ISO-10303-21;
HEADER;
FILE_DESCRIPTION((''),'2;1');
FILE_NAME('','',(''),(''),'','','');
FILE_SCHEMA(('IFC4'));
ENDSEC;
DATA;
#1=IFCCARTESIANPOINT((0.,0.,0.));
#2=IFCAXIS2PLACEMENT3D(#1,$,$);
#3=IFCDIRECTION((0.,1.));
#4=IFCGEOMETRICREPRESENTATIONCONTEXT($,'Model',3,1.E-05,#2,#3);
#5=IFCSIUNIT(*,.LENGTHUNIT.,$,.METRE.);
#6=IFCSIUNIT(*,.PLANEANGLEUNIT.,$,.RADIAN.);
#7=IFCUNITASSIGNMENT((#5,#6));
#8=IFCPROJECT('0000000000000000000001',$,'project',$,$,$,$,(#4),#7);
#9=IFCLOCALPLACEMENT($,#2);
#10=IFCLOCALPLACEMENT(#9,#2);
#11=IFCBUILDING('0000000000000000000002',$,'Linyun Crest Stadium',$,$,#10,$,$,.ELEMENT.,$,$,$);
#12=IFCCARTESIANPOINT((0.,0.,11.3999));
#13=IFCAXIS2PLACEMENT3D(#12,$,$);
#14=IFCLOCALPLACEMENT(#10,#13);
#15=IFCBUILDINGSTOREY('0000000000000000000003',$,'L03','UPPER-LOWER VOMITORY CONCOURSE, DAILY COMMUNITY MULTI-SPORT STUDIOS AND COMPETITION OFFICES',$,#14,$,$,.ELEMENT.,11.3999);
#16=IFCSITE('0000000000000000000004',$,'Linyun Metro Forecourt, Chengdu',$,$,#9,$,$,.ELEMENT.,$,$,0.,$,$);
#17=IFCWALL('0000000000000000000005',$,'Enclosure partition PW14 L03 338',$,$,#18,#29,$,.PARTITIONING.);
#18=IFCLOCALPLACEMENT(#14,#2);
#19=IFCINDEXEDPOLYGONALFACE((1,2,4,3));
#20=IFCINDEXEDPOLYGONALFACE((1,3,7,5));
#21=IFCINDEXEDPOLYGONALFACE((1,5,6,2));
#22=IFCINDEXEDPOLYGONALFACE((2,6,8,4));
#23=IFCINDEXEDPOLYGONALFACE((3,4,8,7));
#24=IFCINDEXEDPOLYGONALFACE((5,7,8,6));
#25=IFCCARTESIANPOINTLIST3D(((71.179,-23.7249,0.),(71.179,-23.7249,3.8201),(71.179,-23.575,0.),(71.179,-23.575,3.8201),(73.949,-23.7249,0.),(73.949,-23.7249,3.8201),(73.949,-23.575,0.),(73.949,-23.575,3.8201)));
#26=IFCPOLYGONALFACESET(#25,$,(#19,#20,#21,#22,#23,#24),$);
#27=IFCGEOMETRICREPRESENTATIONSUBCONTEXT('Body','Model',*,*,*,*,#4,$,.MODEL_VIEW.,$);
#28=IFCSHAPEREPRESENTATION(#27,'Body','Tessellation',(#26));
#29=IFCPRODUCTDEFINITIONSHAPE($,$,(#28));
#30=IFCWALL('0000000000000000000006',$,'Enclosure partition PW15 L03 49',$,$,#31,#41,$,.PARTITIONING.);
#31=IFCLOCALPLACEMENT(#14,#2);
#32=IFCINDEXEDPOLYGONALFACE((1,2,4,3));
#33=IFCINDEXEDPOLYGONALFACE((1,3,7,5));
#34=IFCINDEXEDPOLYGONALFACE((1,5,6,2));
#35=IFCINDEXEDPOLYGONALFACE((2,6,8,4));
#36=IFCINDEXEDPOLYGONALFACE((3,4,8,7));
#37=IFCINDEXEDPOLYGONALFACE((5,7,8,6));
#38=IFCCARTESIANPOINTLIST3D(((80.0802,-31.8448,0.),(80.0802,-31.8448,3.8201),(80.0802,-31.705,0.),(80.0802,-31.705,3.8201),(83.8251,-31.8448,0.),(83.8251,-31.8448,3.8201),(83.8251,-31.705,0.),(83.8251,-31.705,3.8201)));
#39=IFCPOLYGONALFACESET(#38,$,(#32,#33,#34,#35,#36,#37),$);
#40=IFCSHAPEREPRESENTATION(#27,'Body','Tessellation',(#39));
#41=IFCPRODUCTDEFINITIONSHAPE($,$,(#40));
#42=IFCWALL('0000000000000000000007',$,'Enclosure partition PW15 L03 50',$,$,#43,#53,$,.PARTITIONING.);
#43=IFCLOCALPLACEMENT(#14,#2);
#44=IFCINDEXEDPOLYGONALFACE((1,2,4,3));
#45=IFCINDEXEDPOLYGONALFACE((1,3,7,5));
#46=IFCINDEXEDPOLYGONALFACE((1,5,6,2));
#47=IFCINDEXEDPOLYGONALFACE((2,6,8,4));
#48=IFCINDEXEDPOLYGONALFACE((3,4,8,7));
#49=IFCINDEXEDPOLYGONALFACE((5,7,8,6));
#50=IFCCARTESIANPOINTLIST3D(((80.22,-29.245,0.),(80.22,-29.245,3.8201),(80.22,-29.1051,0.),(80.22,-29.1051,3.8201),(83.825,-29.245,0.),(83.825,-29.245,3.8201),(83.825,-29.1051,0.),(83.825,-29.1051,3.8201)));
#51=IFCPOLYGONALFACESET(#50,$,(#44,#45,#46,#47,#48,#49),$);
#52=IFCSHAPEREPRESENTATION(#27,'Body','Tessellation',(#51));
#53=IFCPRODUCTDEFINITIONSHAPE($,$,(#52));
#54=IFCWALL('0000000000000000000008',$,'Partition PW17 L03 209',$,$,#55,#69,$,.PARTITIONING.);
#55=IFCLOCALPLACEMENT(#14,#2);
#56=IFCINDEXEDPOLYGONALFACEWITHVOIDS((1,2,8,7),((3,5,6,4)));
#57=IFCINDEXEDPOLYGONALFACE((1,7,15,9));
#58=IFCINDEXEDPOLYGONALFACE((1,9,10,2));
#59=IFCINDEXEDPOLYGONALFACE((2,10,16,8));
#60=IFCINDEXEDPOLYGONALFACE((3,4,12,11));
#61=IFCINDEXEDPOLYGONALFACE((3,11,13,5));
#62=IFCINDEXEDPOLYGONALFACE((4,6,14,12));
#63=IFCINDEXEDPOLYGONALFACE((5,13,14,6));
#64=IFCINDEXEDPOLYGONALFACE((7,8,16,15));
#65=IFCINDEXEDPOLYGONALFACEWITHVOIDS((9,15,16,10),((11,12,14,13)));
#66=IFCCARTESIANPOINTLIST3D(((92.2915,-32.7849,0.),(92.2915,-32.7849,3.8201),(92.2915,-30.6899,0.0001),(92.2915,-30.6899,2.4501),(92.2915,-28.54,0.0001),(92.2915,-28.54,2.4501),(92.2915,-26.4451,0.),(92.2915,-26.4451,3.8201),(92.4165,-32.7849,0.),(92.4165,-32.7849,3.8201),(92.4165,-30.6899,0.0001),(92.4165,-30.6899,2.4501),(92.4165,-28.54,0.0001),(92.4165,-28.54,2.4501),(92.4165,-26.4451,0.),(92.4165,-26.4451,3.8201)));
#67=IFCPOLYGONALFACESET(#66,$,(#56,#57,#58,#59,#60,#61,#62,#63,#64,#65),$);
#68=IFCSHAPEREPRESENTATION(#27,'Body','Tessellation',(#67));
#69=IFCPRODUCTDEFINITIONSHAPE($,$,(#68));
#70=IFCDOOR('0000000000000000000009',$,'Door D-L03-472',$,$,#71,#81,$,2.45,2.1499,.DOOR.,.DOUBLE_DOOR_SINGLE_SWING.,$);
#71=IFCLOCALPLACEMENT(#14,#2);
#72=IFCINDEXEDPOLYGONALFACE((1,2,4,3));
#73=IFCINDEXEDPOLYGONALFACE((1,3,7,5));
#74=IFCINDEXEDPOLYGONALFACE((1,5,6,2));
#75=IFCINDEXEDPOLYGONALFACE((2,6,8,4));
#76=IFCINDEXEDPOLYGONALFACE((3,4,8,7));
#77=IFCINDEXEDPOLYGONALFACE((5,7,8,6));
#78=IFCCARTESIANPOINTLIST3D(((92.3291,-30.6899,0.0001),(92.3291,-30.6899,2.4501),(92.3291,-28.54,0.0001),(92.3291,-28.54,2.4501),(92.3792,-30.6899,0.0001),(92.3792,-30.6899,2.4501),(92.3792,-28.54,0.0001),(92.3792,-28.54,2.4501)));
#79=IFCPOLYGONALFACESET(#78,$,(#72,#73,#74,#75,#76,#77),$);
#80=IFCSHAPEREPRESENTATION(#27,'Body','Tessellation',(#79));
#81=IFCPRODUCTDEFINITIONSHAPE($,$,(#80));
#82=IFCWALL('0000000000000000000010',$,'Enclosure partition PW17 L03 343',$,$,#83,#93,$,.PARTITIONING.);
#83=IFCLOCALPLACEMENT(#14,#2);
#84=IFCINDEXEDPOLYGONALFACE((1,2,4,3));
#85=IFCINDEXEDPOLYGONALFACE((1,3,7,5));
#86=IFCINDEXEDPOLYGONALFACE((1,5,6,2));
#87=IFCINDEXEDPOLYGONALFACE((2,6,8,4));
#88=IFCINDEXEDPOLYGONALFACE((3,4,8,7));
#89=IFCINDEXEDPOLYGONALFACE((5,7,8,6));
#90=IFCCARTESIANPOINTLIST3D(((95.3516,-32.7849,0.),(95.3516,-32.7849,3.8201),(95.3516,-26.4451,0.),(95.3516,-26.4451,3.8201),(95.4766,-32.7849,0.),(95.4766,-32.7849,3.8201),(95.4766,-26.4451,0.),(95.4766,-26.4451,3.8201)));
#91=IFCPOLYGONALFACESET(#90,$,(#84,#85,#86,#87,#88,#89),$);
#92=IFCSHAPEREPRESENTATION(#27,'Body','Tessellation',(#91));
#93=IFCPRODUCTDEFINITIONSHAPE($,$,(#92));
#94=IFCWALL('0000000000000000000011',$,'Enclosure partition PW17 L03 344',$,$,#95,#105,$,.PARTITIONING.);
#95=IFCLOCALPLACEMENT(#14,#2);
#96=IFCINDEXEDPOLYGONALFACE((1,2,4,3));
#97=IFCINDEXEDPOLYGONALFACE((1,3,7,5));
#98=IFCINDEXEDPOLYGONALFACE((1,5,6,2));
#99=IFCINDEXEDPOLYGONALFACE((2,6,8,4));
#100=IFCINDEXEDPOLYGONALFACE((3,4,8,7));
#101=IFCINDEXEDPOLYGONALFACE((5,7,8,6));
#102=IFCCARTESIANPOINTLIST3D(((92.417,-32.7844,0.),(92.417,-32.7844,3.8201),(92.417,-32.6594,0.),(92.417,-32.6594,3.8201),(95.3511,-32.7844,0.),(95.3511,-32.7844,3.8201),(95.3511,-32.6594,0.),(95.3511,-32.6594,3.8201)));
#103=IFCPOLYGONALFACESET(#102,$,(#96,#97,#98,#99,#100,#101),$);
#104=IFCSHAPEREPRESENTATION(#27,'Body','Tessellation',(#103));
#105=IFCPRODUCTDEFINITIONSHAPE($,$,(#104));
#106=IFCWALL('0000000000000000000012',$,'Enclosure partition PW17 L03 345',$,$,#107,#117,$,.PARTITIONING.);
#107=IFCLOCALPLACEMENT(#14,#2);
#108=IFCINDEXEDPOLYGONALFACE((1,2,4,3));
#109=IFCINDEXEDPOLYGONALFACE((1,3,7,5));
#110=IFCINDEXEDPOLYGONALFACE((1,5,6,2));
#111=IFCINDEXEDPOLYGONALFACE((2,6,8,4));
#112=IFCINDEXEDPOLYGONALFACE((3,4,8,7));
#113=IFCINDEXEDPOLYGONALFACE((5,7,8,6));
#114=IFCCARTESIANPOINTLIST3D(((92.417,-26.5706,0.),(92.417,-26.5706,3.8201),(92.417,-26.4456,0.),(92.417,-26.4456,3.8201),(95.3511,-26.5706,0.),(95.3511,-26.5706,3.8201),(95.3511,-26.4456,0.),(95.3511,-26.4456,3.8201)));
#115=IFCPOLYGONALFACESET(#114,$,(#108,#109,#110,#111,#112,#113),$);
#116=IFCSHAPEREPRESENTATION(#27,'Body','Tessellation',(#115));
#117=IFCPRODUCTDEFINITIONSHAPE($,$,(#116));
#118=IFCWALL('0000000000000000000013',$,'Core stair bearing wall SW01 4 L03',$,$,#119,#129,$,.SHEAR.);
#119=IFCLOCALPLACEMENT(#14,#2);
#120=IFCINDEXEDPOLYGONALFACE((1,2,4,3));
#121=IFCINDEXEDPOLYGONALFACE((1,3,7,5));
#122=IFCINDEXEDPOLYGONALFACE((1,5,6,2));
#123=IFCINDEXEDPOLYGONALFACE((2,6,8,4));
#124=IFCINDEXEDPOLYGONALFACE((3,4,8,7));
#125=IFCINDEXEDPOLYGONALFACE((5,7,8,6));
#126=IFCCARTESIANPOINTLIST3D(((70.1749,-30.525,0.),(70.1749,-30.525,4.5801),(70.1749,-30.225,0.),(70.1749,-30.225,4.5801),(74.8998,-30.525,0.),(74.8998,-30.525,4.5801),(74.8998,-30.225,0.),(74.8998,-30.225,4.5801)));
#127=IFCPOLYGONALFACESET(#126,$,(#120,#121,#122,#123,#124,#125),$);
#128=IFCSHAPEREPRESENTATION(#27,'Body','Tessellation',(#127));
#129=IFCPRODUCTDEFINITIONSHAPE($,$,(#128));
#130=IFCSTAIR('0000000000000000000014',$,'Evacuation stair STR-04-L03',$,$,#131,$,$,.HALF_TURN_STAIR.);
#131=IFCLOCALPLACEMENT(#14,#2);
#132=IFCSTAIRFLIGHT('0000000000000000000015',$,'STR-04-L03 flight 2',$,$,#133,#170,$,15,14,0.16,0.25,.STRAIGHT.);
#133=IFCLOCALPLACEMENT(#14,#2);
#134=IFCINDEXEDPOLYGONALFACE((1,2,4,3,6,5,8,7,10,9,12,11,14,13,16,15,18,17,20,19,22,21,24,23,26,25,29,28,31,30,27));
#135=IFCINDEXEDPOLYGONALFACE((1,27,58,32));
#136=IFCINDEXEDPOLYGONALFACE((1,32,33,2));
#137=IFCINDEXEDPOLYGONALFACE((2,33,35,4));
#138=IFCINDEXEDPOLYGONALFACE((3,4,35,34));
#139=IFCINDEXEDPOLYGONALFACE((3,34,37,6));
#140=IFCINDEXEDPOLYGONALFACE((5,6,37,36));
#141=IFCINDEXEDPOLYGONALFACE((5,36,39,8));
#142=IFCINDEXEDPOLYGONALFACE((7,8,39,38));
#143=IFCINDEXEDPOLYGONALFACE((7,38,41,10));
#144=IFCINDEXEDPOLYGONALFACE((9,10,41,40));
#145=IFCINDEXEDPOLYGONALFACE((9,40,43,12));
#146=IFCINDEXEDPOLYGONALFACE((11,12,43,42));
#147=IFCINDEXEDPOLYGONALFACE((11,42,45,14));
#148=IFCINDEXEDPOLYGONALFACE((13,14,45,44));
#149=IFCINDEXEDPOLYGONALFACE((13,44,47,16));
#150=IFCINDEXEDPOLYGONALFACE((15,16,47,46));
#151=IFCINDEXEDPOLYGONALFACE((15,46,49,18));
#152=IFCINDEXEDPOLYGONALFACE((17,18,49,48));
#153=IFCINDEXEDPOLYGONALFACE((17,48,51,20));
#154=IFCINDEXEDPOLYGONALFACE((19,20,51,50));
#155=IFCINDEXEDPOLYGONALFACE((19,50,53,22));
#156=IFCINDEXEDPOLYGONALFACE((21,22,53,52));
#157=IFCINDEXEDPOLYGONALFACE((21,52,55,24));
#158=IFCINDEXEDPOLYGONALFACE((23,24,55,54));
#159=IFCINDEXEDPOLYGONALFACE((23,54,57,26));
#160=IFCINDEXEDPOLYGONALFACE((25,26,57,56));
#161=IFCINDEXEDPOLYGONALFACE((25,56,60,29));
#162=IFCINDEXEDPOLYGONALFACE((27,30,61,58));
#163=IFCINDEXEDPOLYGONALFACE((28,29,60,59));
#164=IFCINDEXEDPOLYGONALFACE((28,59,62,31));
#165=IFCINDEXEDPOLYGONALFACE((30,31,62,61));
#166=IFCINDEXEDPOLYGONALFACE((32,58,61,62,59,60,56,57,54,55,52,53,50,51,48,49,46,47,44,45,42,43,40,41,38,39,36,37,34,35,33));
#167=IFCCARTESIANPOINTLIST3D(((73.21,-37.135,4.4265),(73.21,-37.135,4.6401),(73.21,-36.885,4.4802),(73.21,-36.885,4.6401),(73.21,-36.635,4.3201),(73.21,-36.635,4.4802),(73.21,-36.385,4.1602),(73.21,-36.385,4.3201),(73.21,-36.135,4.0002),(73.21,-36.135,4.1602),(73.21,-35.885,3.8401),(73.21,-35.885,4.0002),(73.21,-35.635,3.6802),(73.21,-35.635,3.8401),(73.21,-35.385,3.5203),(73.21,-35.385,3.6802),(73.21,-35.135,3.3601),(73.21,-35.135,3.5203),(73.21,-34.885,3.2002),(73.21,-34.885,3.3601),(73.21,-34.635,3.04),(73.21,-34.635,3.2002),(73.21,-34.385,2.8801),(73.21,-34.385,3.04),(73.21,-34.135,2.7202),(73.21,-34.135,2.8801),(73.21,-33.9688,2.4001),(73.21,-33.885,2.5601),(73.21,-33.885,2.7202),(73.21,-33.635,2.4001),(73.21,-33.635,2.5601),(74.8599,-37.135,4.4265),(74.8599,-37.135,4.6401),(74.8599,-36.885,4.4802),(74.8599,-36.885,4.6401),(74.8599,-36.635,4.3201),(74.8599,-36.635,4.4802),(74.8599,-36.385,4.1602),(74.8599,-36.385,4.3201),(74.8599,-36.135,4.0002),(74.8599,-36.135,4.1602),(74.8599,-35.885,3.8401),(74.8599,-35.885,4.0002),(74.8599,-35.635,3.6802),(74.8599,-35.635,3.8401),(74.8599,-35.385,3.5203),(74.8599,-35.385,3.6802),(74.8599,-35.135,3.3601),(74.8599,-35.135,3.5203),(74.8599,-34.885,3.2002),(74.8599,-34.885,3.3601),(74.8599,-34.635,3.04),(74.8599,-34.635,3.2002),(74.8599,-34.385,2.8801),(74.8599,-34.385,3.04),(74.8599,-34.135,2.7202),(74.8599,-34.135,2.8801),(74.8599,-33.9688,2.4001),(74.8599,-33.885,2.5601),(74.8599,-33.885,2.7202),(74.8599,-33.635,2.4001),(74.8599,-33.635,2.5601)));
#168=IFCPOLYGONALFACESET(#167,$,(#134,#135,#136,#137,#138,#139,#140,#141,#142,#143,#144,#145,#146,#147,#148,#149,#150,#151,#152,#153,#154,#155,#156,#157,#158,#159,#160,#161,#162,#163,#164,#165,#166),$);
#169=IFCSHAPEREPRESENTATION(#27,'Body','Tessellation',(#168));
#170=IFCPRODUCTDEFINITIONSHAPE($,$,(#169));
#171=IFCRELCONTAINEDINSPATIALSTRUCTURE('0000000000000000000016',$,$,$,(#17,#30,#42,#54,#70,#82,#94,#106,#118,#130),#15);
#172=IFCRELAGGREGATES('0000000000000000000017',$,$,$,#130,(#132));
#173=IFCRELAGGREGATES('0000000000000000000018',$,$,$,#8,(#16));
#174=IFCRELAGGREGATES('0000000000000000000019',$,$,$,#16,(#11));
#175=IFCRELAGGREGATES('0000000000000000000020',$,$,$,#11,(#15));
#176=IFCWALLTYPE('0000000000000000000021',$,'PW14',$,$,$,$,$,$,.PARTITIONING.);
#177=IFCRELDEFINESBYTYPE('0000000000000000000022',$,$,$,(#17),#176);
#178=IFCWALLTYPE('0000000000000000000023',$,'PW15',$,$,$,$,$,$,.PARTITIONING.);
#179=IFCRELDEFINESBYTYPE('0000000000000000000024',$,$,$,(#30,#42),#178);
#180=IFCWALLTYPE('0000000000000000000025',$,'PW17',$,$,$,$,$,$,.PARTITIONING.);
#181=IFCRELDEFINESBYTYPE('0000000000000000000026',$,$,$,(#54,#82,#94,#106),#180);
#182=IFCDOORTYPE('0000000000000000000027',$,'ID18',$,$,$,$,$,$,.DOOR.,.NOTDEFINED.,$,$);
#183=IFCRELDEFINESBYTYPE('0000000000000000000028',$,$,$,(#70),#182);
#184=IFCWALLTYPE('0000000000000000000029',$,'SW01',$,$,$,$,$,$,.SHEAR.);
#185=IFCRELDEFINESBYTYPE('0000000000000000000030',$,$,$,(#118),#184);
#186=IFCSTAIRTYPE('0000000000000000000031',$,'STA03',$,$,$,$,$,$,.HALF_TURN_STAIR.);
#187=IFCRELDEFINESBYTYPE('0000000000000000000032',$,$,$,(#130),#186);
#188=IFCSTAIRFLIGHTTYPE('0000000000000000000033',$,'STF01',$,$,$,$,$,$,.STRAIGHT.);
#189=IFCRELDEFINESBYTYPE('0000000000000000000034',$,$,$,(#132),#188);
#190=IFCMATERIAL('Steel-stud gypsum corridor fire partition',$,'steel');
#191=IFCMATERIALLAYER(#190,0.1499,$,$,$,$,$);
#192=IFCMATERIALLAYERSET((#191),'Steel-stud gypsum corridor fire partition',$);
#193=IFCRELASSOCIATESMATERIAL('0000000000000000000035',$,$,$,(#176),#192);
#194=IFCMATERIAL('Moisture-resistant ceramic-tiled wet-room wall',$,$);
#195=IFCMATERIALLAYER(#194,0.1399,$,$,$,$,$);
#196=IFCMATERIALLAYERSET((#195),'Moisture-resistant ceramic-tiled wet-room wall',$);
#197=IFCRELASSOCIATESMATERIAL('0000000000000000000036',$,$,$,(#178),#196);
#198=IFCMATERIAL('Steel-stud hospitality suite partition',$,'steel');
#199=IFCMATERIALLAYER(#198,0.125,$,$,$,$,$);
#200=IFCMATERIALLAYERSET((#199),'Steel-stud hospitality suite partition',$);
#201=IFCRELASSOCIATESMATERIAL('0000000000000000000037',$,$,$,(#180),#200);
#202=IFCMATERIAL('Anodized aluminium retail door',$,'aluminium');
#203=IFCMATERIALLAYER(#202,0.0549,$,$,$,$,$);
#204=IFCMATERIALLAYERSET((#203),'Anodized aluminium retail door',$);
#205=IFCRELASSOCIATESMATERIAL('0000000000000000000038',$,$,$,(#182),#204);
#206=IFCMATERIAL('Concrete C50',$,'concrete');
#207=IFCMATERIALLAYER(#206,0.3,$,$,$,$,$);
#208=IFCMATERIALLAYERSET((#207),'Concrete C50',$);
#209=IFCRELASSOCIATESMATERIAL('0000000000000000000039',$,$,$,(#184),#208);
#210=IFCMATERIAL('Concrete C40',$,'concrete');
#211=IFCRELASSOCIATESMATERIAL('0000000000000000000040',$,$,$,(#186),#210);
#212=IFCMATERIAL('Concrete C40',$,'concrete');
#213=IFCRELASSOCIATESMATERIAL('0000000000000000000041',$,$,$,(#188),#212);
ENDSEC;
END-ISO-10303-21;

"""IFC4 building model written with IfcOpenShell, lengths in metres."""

from ifc_helpers import new_model, si_unit, direction, frame, frame_2d, origin, place, context, subcontext, project, spatial, polyline, rectangle, outline, extrude, material, layer, layer_set, type_object, element, fill, aggregate, save


model = new_model("IFC4")

# Units and contexts
model_context = context("Model", 3, precision=1e-05, world=origin(), true_north=direction((0.0, 1.0)))
body_context = subcontext(model_context, "Body", "Model", "MODEL_VIEW")
ifc_project = project(units=[si_unit("LENGTHUNIT", "METRE"), si_unit("PLANEANGLEUNIT", "RADIAN")], contexts=[model_context])

# Site, building, storey
site_placement = place(None, origin())
site = spatial("IfcSite", under=ifc_project, at=site_placement, Name="Linyun Metro Forecourt, Chengdu", CompositionType="ELEMENT", RefElevation=0.0)
building_placement = place(site_placement, origin())
building = spatial("IfcBuilding", under=site, at=building_placement, Name="Linyun Crest Stadium", CompositionType="ELEMENT")
storey_placement = place(building_placement, frame((0.0, 0.0, 11.3999)))
storey = spatial("IfcBuildingStorey", under=building, at=storey_placement, Name="L03", Description="UPPER-LOWER VOMITORY CONCOURSE, DAILY COMMUNITY MULTI-SPORT STUDIOS AND COMPETITION OFFICES", CompositionType="ELEMENT", Elevation=11.3999)

# Wall
ifc_material_1 = material(Name="Steel-stud gypsum corridor fire partition", Category="steel")
ifc_layer_1 = layer(ifc_material_1, 0.1499)
ifc_layer_set_1 = layer_set([ifc_layer_1], Name="Steel-stud gypsum corridor fire partition")
wall_type_1 = type_object("IfcWallType", Name="PW14", PredefinedType="PARTITIONING", material=ifc_layer_set_1)
wall_1_placement = place(storey_placement, frame((71.179, -23.6499, 0.0), z_axis=(0.0, 0.0, 1.0), x_axis=(1.0, 0.0, 0.0)))
element("IfcWall", 1, at=wall_1_placement, inside=storey, type_object=wall_type_1, Name="Enclosure partition PW14 L03 338", PredefinedType="PARTITIONING", context=body_context, shape_type="SweptSolid", body=[
    extrude(rectangle(XDim=2.77, YDim=0.1499, at=frame_2d((1.385, 0.0))), origin(), (0.0, 0.0, 1.0), 3.8201),
])

# Shared definitions
ifc_material_2 = material(Name="Moisture-resistant ceramic-tiled wet-room wall")
ifc_layer_2 = layer(ifc_material_2, 0.1399)
ifc_layer_set_2 = layer_set([ifc_layer_2], Name="Moisture-resistant ceramic-tiled wet-room wall")
wall_type_2 = type_object("IfcWallType", Name="PW15", PredefinedType="PARTITIONING", material=ifc_layer_set_2)

# Walls
wall_2_placement = place(storey_placement, frame((80.0801, -31.7749, 0.0), z_axis=(0.0, 0.0, 1.0), x_axis=(1.0, 0.0, 0.0)))
element("IfcWall", 2, at=wall_2_placement, inside=storey, type_object=wall_type_2, Name="Enclosure partition PW15 L03 49", PredefinedType="PARTITIONING", context=body_context, shape_type="SweptSolid", body=[
    extrude(rectangle(XDim=3.7449, YDim=0.1399, at=frame_2d((1.8726, 0.0))), origin(), (0.0, 0.0, 1.0), 3.8201),
])
wall_3_placement = place(storey_placement, frame((80.22, -29.175, 0.0), z_axis=(0.0, 0.0, 1.0), x_axis=(1.0, 0.0, 0.0)))
element("IfcWall", 3, at=wall_3_placement, inside=storey, type_object=wall_type_2, Name="Enclosure partition PW15 L03 50", PredefinedType="PARTITIONING", context=body_context, shape_type="SweptSolid", body=[
    extrude(rectangle(XDim=3.605, YDim=0.1399, at=frame_2d((1.8025, 0.0))), origin(), (0.0, 0.0, 1.0), 3.8201),
])

# Wall, opening, door
ifc_material_3 = material(Name="Steel-stud hospitality suite partition", Category="steel")
ifc_layer_3 = layer(ifc_material_3, 0.125)
ifc_layer_set_3 = layer_set([ifc_layer_3], Name="Steel-stud hospitality suite partition")
wall_type_3 = type_object("IfcWallType", Name="PW17", PredefinedType="PARTITIONING", material=ifc_layer_set_3)
wall_4_placement = place(storey_placement, frame((92.354, -32.7849, 0.0), z_axis=(0.0, 0.0, 1.0), x_axis=(0.0, 1.0, 0.0)))
wall_4 = element("IfcWall", 4, at=wall_4_placement, inside=storey, type_object=wall_type_3, Name="Partition PW17 L03 209", PredefinedType="PARTITIONING", context=body_context, shape_type="SweptSolid", body=[
    extrude(rectangle(XDim=6.3398, YDim=0.125, at=frame_2d((3.1699, 0.0))), origin(), (0.0, 0.0, 1.0), 3.8201),
])
opening_1_placement = place(wall_4_placement, frame((2.095, 0.0, 0.0)))
opening_1 = element("IfcOpeningElement", 5, at=opening_1_placement, cuts=wall_4, PredefinedType="OPENING", context=body_context, shape_type="SweptSolid", body=[
    extrude(rectangle(XDim=2.1499, YDim=2.45, at=frame_2d((1.075, 1.2251))), frame((0.0, 0.0725, 0.0), z_axis=(0.0, -1.0, 0.0), x_axis=(1.0, 0.0, 0.0)), (0.0, 0.0, 1.0), 0.145),
])
ifc_material_4 = material(Name="Anodized aluminium retail door", Category="aluminium")
ifc_layer_4 = layer(ifc_material_4, 0.0549)
ifc_layer_set_4 = layer_set([ifc_layer_4], Name="Anodized aluminium retail door")
door_type_1 = type_object("IfcDoorType", Name="ID18", OperationType="NOTDEFINED", PredefinedType="DOOR", material=ifc_layer_set_4)
door_1_placement = place(opening_1_placement, origin())
door_1 = element("IfcDoor", 6, at=door_1_placement, inside=storey, type_object=door_type_1, Name="Door D-L03-472", OperationType="DOUBLE_DOOR_SINGLE_SWING", OverallHeight=2.45, OverallWidth=2.1499, PredefinedType="DOOR", context=body_context, shape_type="SweptSolid", body=[
    extrude(rectangle(XDim=2.1499, YDim=2.45, at=frame_2d((1.075, 1.2251))), frame((0.0, 0.0249, 0.0), z_axis=(0.0, -1.0, 0.0), x_axis=(1.0, 0.0, 0.0)), (0.0, 0.0, 1.0), 0.05),
])
fill(opening_1, door_1)

# Walls
wall_5_placement = place(storey_placement, frame((95.4141, -32.7849, 0.0), z_axis=(0.0, 0.0, 1.0), x_axis=(0.0, 1.0, 0.0)))
element("IfcWall", 7, at=wall_5_placement, inside=storey, type_object=wall_type_3, Name="Enclosure partition PW17 L03 343", PredefinedType="PARTITIONING", context=body_context, shape_type="SweptSolid", body=[
    extrude(rectangle(XDim=6.3398, YDim=0.125, at=frame_2d((3.1699, 0.0))), origin(), (0.0, 0.0, 1.0), 3.8201),
])
for number, where, z_axis, x_axis, name in (
    (8, (92.417, -32.7219, 0.0), (0.0, 0.0, 1.0), (1.0, 0.0, 0.0), "Enclosure partition PW17 L03 344"),
    (9, (92.417, -26.5081, 0.0), (0.0, 0.0, 1.0), (1.0, 0.0, 0.0), "Enclosure partition PW17 L03 345"),
):
    element("IfcWall", number, at=place(storey_placement, frame(where, z_axis=z_axis, x_axis=x_axis)), inside=storey, type_object=wall_type_3, Name=name, PredefinedType="PARTITIONING", context=body_context, shape_type="SweptSolid", body=[
        extrude(rectangle(XDim=2.9341, YDim=0.125, at=frame_2d((1.467, 0.0))), origin(), (0.0, 0.0, 1.0), 3.8201),
    ])
ifc_material_5 = material(Name="Concrete C50", Category="concrete")
ifc_layer_5 = layer(ifc_material_5, 0.3)
ifc_layer_set_5 = layer_set([ifc_layer_5], Name="Concrete C50")
wall_type_4 = type_object("IfcWallType", Name="SW01", PredefinedType="SHEAR", material=ifc_layer_set_5)
wall_6_placement = place(storey_placement, frame((70.175, -30.375, 0.0), z_axis=(0.0, 0.0, 1.0), x_axis=(1.0, 0.0, 0.0)))
element("IfcWall", 10, at=wall_6_placement, inside=storey, type_object=wall_type_4, Name="Core stair bearing wall SW01 4 L03", PredefinedType="SHEAR", context=body_context, shape_type="SweptSolid", body=[
    extrude(rectangle(XDim=4.7249, YDim=0.3, at=frame_2d((2.3623, 0.0))), origin(), (0.0, 0.0, 1.0), 4.5801),
])

# Stair, stair flight
ifc_material_6 = material(Name="Concrete C40", Category="concrete")
stair_type = type_object("IfcStairType", Name="STA03", PredefinedType="HALF_TURN_STAIR", material=ifc_material_6)
stair_placement = place(storey_placement, origin())
stair = element("IfcStair", 11, at=stair_placement, inside=storey, type_object=stair_type, Name="Evacuation stair STR-04-L03", PredefinedType="HALF_TURN_STAIR")
ifc_material_7 = material(Name="Concrete C40", Category="concrete")
stair_flight_type = type_object("IfcStairFlightType", Name="STF01", PredefinedType="STRAIGHT", material=ifc_material_7)
stair_flight_placement = place(storey_placement, frame((74.0349, -33.635, 2.4001), z_axis=(0.0, 0.0, 1.0), x_axis=(0.0, -1.0, 0.0)))
stair_flight = element("IfcStairFlight", 12, at=stair_flight_placement, type_object=stair_flight_type, Name="STR-04-L03 flight 2", NumberOfRisers=15, NumberOfTreads=14, PredefinedType="STRAIGHT", RiserHeight=0.16, TreadLength=0.25, context=body_context, shape_type="SweptSolid", body=[
    extrude(outline(polyline([(0.0, 0.0), (0.0, 0.1599), (0.25, 0.1599), (0.25, 0.3201), (0.5, 0.3201), (0.5, 0.48), (0.75, 0.48), (0.75, 0.6399), (1.0, 0.6399), (1.0, 0.8), (1.25, 0.8), (1.25, 0.96), (1.5, 0.96), (1.5, 1.1201), (1.75, 1.1201), (1.75, 1.28), (2.0, 1.28), (2.0, 1.4399), (2.25, 1.4399), (2.25, 1.6001), (2.5, 1.6001), (2.5, 1.76), (2.75, 1.76), (2.75, 1.9199), (3.0, 1.9199), (3.0, 2.0801), (3.25, 2.0801), (3.25, 2.24), (3.5, 2.24), (3.5, 2.3999), (3.5, 2.0264), (0.3337, 0.0), (0.0, 0.0)])), frame((0.0, 0.825, 0.0), z_axis=(0.0, -1.0, 0.0), x_axis=(1.0, 0.0, 0.0)), (0.0, 0.0, 1.0), 1.6499),
])
aggregate(stair, [stair_flight])

save(model, "model.ifc")
